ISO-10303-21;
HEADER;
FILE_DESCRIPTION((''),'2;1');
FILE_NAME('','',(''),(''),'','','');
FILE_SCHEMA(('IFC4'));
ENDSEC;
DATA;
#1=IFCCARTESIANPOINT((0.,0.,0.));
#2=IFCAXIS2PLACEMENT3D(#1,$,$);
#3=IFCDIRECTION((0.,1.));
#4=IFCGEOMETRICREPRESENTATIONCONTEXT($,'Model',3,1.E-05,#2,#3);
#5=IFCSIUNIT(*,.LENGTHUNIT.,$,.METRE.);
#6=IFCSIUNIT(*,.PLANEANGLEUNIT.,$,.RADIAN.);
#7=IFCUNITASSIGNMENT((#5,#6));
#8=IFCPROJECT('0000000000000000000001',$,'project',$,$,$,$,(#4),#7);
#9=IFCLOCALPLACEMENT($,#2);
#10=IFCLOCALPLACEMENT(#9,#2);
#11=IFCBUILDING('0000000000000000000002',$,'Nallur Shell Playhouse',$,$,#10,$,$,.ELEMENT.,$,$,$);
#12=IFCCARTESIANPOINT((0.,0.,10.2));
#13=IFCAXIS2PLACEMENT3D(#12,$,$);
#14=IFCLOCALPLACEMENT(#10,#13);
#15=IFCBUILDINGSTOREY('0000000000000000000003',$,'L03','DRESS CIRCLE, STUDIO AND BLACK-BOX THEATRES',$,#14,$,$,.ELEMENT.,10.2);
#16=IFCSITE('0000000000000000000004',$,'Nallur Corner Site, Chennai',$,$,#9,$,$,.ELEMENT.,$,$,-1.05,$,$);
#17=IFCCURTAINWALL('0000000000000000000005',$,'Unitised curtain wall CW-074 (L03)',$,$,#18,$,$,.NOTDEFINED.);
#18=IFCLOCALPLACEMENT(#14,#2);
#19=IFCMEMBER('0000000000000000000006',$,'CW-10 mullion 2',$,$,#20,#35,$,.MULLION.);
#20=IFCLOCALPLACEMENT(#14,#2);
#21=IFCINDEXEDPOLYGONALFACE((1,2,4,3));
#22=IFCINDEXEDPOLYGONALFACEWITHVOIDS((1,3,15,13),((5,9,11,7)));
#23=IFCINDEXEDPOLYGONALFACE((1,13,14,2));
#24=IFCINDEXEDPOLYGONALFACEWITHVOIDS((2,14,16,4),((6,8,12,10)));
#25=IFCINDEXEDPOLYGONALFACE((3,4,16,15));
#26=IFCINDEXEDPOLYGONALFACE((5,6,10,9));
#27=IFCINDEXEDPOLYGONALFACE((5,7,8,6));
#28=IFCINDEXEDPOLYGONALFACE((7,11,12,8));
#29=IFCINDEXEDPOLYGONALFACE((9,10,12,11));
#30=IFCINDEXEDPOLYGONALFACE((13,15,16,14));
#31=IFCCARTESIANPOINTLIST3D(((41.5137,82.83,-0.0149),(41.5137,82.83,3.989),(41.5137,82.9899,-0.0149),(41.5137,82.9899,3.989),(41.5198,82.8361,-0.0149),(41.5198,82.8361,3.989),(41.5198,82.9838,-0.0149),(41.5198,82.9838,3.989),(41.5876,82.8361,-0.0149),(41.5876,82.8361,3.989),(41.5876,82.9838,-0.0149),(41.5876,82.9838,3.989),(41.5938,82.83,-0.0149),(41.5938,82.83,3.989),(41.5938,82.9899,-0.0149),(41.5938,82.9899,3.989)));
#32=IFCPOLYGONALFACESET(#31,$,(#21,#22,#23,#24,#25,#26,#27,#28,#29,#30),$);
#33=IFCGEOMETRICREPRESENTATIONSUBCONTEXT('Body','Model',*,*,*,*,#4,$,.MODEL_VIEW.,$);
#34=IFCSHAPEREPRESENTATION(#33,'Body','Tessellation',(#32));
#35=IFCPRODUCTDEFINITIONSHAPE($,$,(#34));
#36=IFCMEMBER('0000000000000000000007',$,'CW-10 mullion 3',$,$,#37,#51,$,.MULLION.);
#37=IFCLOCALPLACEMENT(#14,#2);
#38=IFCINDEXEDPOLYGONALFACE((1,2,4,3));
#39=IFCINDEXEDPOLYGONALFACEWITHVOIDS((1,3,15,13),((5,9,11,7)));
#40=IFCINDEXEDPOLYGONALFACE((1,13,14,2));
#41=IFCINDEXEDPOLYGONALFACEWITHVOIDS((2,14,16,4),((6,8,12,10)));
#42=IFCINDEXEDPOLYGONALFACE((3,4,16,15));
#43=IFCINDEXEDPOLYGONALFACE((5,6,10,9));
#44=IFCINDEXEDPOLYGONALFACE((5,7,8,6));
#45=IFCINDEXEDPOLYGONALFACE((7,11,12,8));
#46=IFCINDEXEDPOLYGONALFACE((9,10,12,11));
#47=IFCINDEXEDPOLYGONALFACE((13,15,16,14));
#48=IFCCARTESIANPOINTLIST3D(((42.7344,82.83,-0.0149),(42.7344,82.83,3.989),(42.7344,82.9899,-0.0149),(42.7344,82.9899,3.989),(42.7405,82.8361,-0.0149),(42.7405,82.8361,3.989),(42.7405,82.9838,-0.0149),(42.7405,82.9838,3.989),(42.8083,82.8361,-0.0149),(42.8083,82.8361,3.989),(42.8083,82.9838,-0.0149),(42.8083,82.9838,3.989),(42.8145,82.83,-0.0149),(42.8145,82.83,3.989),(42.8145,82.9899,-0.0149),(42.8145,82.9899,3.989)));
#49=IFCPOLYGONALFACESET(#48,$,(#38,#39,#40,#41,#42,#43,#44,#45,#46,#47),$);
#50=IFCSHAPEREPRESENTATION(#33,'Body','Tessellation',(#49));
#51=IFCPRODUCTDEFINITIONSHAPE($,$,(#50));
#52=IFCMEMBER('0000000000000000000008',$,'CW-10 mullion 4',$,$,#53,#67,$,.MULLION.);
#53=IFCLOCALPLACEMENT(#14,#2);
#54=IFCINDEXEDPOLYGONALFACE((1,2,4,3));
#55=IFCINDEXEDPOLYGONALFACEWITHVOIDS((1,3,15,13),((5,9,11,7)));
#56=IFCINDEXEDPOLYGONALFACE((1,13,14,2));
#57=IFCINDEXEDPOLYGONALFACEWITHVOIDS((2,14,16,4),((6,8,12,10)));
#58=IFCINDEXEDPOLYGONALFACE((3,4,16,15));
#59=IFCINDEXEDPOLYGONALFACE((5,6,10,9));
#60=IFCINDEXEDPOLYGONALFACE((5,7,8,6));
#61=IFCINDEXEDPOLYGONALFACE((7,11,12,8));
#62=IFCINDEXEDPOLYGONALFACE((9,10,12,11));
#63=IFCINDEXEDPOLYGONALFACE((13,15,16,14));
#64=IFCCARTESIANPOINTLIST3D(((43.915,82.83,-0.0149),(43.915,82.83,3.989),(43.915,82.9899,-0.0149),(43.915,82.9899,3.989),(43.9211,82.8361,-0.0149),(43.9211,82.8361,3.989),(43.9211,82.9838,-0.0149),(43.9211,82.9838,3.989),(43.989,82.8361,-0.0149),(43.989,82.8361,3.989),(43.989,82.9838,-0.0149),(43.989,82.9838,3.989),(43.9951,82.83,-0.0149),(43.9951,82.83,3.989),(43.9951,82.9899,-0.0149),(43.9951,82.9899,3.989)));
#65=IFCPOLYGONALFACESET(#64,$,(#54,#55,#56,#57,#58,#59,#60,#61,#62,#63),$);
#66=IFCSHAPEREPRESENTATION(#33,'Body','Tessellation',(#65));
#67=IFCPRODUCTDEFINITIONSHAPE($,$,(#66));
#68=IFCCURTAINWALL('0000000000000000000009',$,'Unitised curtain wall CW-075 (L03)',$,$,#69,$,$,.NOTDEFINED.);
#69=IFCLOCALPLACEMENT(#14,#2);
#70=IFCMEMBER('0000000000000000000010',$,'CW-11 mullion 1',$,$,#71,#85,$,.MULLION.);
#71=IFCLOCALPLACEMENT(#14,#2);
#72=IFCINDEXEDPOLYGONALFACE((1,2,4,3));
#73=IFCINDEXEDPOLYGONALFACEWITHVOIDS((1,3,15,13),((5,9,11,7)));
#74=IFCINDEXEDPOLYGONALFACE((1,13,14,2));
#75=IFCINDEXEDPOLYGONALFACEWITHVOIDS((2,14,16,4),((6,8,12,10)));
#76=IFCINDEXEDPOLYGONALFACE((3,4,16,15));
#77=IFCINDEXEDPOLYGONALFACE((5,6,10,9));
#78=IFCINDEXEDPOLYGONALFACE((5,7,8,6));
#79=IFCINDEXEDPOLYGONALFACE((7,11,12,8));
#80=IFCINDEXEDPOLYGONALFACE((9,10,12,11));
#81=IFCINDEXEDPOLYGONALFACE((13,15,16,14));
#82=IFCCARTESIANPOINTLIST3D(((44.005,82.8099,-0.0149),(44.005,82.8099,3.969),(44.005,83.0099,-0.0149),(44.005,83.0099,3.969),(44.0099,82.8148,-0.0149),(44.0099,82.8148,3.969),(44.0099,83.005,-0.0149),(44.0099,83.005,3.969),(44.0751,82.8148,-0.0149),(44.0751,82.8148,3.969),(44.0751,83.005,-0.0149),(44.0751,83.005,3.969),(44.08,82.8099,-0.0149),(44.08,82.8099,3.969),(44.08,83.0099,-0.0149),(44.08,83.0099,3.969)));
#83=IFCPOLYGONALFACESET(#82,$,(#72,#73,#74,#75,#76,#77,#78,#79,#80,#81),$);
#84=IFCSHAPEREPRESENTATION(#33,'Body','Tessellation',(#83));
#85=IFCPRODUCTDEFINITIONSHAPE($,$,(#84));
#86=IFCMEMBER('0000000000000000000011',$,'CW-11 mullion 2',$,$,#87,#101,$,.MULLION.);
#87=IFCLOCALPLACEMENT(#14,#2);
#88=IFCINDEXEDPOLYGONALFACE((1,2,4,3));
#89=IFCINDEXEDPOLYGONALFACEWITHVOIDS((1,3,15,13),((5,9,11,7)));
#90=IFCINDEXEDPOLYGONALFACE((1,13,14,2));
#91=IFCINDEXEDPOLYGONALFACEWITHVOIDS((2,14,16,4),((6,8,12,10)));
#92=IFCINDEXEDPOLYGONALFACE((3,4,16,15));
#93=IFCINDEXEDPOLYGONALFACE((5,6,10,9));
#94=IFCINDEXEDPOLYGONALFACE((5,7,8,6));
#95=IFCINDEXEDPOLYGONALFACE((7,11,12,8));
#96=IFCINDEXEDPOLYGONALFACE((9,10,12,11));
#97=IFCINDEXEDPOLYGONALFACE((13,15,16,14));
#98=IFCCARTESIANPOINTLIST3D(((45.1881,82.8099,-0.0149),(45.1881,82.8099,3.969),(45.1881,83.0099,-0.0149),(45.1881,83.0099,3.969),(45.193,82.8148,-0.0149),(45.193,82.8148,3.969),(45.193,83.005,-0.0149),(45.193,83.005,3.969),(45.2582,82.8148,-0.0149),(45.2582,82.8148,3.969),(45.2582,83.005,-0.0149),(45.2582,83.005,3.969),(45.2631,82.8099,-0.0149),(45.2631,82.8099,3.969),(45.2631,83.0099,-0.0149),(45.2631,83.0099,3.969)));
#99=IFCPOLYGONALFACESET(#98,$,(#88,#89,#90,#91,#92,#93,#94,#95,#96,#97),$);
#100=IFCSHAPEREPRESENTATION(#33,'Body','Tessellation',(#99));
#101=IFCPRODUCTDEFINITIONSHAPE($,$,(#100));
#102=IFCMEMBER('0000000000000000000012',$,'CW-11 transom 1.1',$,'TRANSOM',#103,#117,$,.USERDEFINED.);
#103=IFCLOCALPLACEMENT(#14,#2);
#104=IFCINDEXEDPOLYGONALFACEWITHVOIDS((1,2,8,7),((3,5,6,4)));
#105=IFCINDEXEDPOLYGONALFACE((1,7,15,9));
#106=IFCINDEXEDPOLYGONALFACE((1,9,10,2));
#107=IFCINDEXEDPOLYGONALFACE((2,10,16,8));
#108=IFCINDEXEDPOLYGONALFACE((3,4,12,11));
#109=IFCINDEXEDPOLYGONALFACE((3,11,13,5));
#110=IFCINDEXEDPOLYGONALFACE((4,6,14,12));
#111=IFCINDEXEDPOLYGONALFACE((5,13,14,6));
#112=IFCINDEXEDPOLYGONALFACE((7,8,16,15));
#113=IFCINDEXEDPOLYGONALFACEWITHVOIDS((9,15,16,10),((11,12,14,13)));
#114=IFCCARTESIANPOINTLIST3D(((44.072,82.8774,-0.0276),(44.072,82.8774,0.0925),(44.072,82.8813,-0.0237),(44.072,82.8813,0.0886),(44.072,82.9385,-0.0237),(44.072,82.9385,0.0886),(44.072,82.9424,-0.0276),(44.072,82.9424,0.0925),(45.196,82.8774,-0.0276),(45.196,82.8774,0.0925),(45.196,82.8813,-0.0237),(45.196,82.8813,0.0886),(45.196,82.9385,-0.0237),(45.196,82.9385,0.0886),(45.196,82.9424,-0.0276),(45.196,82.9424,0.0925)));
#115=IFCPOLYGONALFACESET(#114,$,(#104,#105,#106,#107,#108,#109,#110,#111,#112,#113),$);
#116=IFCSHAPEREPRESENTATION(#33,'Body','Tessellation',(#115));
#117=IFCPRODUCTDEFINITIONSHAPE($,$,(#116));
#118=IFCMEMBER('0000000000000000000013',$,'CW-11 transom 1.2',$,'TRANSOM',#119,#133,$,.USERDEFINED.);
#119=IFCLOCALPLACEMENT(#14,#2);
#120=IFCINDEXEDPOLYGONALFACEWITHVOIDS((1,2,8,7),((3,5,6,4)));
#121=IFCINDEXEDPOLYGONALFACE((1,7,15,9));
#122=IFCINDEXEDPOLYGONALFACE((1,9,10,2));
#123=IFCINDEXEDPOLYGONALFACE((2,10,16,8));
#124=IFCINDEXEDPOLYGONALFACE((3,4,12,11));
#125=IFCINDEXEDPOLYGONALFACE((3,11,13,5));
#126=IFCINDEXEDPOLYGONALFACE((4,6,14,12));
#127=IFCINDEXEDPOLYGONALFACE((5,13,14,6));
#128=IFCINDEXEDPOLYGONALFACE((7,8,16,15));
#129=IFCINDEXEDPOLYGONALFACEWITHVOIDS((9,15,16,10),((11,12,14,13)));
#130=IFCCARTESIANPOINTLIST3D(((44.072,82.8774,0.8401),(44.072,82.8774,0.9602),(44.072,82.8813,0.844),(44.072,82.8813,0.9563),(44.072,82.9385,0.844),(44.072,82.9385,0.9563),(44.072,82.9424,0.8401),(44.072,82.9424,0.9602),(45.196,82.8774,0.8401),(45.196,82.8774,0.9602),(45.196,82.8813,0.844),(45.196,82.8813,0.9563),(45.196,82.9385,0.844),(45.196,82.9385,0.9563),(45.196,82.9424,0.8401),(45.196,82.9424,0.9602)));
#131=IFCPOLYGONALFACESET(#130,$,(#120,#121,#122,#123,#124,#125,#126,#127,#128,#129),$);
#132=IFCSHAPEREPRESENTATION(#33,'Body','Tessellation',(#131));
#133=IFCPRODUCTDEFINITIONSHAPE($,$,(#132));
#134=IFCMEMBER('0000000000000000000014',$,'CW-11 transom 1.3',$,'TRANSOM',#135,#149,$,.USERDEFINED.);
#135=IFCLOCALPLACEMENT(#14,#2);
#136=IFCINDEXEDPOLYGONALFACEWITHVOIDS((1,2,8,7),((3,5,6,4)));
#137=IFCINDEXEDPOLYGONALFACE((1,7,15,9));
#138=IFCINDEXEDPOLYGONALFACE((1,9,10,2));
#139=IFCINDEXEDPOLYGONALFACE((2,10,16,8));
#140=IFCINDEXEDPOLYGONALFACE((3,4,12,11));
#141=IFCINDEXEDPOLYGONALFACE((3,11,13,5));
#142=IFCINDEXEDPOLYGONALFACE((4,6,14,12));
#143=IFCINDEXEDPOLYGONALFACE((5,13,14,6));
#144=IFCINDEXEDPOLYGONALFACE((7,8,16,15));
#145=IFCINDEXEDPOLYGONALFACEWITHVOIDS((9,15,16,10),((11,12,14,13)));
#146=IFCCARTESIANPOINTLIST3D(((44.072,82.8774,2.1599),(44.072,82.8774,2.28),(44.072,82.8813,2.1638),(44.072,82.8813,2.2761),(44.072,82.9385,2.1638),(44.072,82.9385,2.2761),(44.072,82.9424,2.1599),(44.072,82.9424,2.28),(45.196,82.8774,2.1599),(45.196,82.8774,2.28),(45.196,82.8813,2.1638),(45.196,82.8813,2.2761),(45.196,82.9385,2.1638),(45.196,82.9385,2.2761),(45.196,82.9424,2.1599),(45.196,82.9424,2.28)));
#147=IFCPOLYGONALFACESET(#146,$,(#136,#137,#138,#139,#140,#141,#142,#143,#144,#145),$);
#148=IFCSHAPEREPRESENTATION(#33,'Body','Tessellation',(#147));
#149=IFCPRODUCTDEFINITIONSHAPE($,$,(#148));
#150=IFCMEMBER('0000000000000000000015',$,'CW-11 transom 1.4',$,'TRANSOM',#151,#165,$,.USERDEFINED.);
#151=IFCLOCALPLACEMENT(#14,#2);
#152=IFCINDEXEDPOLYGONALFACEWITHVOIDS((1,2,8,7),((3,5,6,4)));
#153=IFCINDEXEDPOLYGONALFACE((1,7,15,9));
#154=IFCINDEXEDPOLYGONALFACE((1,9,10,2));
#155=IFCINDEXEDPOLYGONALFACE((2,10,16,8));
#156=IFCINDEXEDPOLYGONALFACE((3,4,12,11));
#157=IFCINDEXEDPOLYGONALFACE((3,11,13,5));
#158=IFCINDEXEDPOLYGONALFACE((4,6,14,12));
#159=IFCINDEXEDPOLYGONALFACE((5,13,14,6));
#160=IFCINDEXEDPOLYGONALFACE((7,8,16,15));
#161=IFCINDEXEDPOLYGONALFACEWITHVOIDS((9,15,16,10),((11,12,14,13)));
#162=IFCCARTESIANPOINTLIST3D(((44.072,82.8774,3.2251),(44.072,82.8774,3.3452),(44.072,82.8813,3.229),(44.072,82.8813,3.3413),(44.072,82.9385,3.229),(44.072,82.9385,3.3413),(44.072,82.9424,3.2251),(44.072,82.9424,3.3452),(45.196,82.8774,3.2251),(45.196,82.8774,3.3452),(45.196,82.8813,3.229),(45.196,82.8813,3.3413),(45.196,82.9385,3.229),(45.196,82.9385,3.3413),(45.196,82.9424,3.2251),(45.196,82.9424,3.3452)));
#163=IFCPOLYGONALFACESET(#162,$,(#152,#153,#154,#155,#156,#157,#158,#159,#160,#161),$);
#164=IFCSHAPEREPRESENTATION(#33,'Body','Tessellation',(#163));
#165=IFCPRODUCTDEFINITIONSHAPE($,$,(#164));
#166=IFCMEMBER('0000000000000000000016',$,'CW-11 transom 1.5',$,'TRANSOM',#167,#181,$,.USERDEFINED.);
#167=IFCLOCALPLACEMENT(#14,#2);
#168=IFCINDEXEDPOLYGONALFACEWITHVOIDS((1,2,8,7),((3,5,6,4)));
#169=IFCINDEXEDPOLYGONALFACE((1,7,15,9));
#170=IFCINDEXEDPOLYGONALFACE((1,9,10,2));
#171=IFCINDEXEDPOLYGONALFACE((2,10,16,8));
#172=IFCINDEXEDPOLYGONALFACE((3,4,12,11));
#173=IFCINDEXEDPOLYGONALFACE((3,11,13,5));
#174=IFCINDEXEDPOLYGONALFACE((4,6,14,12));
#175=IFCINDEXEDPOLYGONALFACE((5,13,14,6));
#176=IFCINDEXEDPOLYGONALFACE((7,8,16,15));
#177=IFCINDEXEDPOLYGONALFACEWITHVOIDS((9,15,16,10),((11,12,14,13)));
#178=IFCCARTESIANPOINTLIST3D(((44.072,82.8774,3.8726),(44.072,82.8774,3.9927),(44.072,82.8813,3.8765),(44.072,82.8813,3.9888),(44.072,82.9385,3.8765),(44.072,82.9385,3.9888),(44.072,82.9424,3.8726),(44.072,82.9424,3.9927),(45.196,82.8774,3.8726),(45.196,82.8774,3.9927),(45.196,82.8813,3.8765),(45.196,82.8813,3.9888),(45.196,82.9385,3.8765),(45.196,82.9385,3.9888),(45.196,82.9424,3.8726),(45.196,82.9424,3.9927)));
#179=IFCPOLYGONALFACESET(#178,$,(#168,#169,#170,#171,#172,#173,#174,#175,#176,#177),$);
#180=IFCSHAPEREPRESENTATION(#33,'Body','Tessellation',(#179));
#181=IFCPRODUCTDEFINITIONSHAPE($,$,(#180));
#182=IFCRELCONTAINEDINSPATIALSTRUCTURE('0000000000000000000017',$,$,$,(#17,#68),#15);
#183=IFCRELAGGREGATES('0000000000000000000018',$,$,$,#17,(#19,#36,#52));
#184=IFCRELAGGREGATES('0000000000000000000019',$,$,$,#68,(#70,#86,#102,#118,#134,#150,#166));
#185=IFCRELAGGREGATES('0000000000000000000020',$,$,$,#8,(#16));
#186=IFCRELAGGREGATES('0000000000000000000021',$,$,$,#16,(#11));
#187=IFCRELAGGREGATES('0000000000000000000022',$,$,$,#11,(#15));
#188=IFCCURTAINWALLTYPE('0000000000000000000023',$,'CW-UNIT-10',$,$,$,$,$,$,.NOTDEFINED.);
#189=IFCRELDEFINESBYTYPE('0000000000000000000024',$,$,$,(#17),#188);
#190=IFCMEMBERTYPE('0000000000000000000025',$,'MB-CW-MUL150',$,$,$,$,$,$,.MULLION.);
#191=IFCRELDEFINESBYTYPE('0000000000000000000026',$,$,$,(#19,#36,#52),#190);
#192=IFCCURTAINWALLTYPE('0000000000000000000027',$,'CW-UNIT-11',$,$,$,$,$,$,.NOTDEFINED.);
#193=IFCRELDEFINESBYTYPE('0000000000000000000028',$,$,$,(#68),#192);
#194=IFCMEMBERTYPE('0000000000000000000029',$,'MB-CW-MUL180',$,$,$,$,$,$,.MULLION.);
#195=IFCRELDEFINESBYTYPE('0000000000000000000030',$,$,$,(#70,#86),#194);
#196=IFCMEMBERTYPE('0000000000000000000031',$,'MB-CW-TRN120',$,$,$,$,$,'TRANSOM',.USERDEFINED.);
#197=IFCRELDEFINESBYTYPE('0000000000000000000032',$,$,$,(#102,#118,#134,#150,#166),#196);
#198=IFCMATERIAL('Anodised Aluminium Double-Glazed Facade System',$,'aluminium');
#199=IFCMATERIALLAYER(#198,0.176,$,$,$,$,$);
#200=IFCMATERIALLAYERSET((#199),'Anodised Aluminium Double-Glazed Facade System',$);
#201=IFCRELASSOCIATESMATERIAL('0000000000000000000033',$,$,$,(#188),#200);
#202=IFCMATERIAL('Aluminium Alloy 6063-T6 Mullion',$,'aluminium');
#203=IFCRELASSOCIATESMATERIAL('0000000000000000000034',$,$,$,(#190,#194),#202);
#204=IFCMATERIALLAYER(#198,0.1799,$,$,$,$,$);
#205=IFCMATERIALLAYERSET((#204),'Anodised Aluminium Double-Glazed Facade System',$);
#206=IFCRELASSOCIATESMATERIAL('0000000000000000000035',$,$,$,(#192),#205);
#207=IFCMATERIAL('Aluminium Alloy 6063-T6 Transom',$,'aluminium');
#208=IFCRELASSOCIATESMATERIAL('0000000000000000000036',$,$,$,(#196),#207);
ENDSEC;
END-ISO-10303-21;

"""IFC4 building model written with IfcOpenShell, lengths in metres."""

from ifc_helpers import new_model, si_unit, direction, frame, origin, origin_2d, place, context, subcontext, project, spatial, hollow_rectangle, extrude, material, layer, layer_set, material_profile, profile_set, type_object, element, aggregate, save


model = new_model("IFC4")

# Units and contexts
model_context = context("Model", 3, precision=1e-05, world=origin(), true_north=direction((0.0, 1.0)))
body_context = subcontext(model_context, "Body", "Model", "MODEL_VIEW")
ifc_project = project(units=[si_unit("LENGTHUNIT", "METRE"), si_unit("PLANEANGLEUNIT", "RADIAN")], contexts=[model_context])

# Site, building, storey
site_placement = place(None, origin())
site = spatial("IfcSite", under=ifc_project, at=site_placement, Name="Nallur Corner Site, Chennai", CompositionType="ELEMENT", RefElevation=-1.05)
building_placement = place(site_placement, origin())
building = spatial("IfcBuilding", under=site, at=building_placement, Name="Nallur Shell Playhouse", CompositionType="ELEMENT")
storey_placement = place(building_placement, frame((0.0, 0.0, 10.2)))
storey = spatial("IfcBuildingStorey", under=building, at=storey_placement, Name="L03", Description="DRESS CIRCLE, STUDIO AND BLACK-BOX THEATRES", CompositionType="ELEMENT", Elevation=10.2)

# Curtain walls, members
ifc_material_1 = material(Name="Anodised Aluminium Double-Glazed Facade System", Category="aluminium")
ifc_layer_1 = layer(ifc_material_1, 0.176)
ifc_layer_set_1 = layer_set([ifc_layer_1], Name="Anodised Aluminium Double-Glazed Facade System")
curtain_wall_type_1 = type_object("IfcCurtainWallType", Name="CW-UNIT-10", PredefinedType="NOTDEFINED", material=ifc_layer_set_1)
curtain_wall_1_placement = place(storey_placement, origin())
curtain_wall_1 = element("IfcCurtainWall", 1, at=curtain_wall_1_placement, inside=storey, type_object=curtain_wall_type_1, Name="Unitised curtain wall CW-074 (L03)", PredefinedType="NOTDEFINED")
ifc_material_2 = material(Name="Aluminium Alloy 6063-T6 Mullion", Category="aluminium")
ifc_material_profile_1 = material_profile(ifc_material_2, hollow_rectangle(XDim=0.0801, YDim=0.1599, WallThickness=0.0061, at=origin_2d()), Name="RHS 160x80x6")
ifc_profile_set_1 = profile_set([ifc_material_profile_1], Name="Aluminium Alloy 6063-T6 Mullion")
member_type_1 = type_object("IfcMemberType", Name="MB-CW-MUL150", PredefinedType="MULLION", material=ifc_profile_set_1)
member_1_placement = place(storey_placement, frame((41.5537, 82.9099, -0.0149), z_axis=(0.0, 0.0, 1.0), x_axis=(1.0, 0.0, 0.0)))
member_1 = element("IfcMember", 2, at=member_1_placement, type_object=member_type_1, Name="CW-10 mullion 2", PredefinedType="MULLION", context=body_context, shape_type="SweptSolid", body=[
    extrude(hollow_rectangle(XDim=0.0801, YDim=0.1599, WallThickness=0.0061, at=origin_2d()), origin(), (0.0, 0.0, 1.0), 4.0039),
])
member_2_placement = place(storey_placement, frame((42.7744, 82.9099, -0.0149), z_axis=(0.0, 0.0, 1.0), x_axis=(1.0, 0.0, 0.0)))
member_2 = element("IfcMember", 3, at=member_2_placement, type_object=member_type_1, Name="CW-10 mullion 3", PredefinedType="MULLION", context=body_context, shape_type="SweptSolid", body=[
    extrude(hollow_rectangle(XDim=0.0801, YDim=0.1599, WallThickness=0.0061, at=origin_2d()), origin(), (0.0, 0.0, 1.0), 4.0039),
])
member_3_placement = place(storey_placement, frame((43.9551, 82.9099, -0.0149), z_axis=(0.0, 0.0, 1.0), x_axis=(1.0, 0.0, 0.0)))
member_3 = element("IfcMember", 4, at=member_3_placement, type_object=member_type_1, Name="CW-10 mullion 4", PredefinedType="MULLION", context=body_context, shape_type="SweptSolid", body=[
    extrude(hollow_rectangle(XDim=0.0801, YDim=0.1599, WallThickness=0.0061, at=origin_2d()), origin(), (0.0, 0.0, 1.0), 4.0039),
])
ifc_layer_2 = layer(ifc_material_1, 0.1799)
ifc_layer_set_2 = layer_set([ifc_layer_2], Name="Anodised Aluminium Double-Glazed Facade System")
curtain_wall_type_2 = type_object("IfcCurtainWallType", Name="CW-UNIT-11", PredefinedType="NOTDEFINED", material=ifc_layer_set_2)
curtain_wall_2_placement = place(storey_placement, origin())
curtain_wall_2 = element("IfcCurtainWall", 5, at=curtain_wall_2_placement, inside=storey, type_object=curtain_wall_type_2, Name="Unitised curtain wall CW-075 (L03)", PredefinedType="NOTDEFINED")
ifc_material_profile_2 = material_profile(ifc_material_2, hollow_rectangle(XDim=0.075, YDim=0.2, WallThickness=0.0049, at=origin_2d()), Name="ALU 75x200x5")
ifc_profile_set_2 = profile_set([ifc_material_profile_2], Name="Aluminium Alloy 6063-T6 Mullion")
member_type_2 = type_object("IfcMemberType", Name="MB-CW-MUL180", PredefinedType="MULLION", material=ifc_profile_set_2)
member_4_placement = place(storey_placement, frame((44.0425, 82.9099, -0.0149), z_axis=(0.0, 0.0, 1.0), x_axis=(1.0, 0.0, 0.0)))
member_4 = element("IfcMember", 6, at=member_4_placement, type_object=member_type_2, Name="CW-11 mullion 1", PredefinedType="MULLION", context=body_context, shape_type="SweptSolid", body=[
    extrude(hollow_rectangle(XDim=0.075, YDim=0.2, WallThickness=0.0049, at=origin_2d()), origin(), (0.0, 0.0, 1.0), 3.9839),
])
member_5_placement = place(storey_placement, frame((45.2256, 82.9099, -0.0149), z_axis=(0.0, 0.0, 1.0), x_axis=(1.0, 0.0, 0.0)))
member_5 = element("IfcMember", 7, at=member_5_placement, type_object=member_type_2, Name="CW-11 mullion 2", PredefinedType="MULLION", context=body_context, shape_type="SweptSolid", body=[
    extrude(hollow_rectangle(XDim=0.075, YDim=0.2, WallThickness=0.0049, at=origin_2d()), origin(), (0.0, 0.0, 1.0), 3.9839),
])
ifc_material_3 = material(Name="Aluminium Alloy 6063-T6 Transom", Category="aluminium")
ifc_material_profile_3 = material_profile(ifc_material_3, hollow_rectangle(XDim=0.0649, YDim=0.1201, WallThickness=0.0039, at=origin_2d()), Name="ALU 65x120x4")
ifc_profile_set_3 = profile_set([ifc_material_profile_3], Name="Aluminium Alloy 6063-T6 Transom")
member_type_3 = type_object("IfcMemberType", Name="MB-CW-TRN120", ElementType="TRANSOM", PredefinedType="USERDEFINED", material=ifc_profile_set_3)
member_6_placement = place(storey_placement, frame((44.072, 82.9099, 0.0325), z_axis=(1.0, 0.0, 0.0), x_axis=(0.0, 1.0, 0.0)))
member_6 = element("IfcMember", 8, at=member_6_placement, type_object=member_type_3, Name="CW-11 transom 1.1", ObjectType="TRANSOM", PredefinedType="USERDEFINED", context=body_context, shape_type="SweptSolid", body=[
    extrude(hollow_rectangle(XDim=0.0649, YDim=0.1201, WallThickness=0.0039, at=origin_2d()), origin(), (0.0, 0.0, 1.0), 1.124),
])
member_7_placement = place(storey_placement, frame((44.072, 82.9099, 0.9001), z_axis=(1.0, 0.0, 0.0), x_axis=(0.0, 1.0, 0.0)))
member_7 = element("IfcMember", 9, at=member_7_placement, type_object=member_type_3, Name="CW-11 transom 1.2", ObjectType="TRANSOM", PredefinedType="USERDEFINED", context=body_context, shape_type="SweptSolid", body=[
    extrude(hollow_rectangle(XDim=0.0649, YDim=0.1201, WallThickness=0.0039, at=origin_2d()), origin(), (0.0, 0.0, 1.0), 1.124),
])
member_8_placement = place(storey_placement, frame((44.072, 82.9099, 2.22), z_axis=(1.0, 0.0, 0.0), x_axis=(0.0, 1.0, 0.0)))
member_8 = element("IfcMember", 10, at=member_8_placement, type_object=member_type_3, Name="CW-11 transom 1.3", ObjectType="TRANSOM", PredefinedType="USERDEFINED", context=body_context, shape_type="SweptSolid", body=[
    extrude(hollow_rectangle(XDim=0.0649, YDim=0.1201, WallThickness=0.0039, at=origin_2d()), origin(), (0.0, 0.0, 1.0), 1.124),
])
member_9_placement = place(storey_placement, frame((44.072, 82.9099, 3.2852), z_axis=(1.0, 0.0, 0.0), x_axis=(0.0, 1.0, 0.0)))
member_9 = element("IfcMember", 11, at=member_9_placement, type_object=member_type_3, Name="CW-11 transom 1.4", ObjectType="TRANSOM", PredefinedType="USERDEFINED", context=body_context, shape_type="SweptSolid", body=[
    extrude(hollow_rectangle(XDim=0.0649, YDim=0.1201, WallThickness=0.0039, at=origin_2d()), origin(), (0.0, 0.0, 1.0), 1.124),
])
member_10_placement = place(storey_placement, frame((44.072, 82.9099, 3.9326), z_axis=(1.0, 0.0, 0.0), x_axis=(0.0, 1.0, 0.0)))
member_10 = element("IfcMember", 12, at=member_10_placement, type_object=member_type_3, Name="CW-11 transom 1.5", ObjectType="TRANSOM", PredefinedType="USERDEFINED", context=body_context, shape_type="SweptSolid", body=[
    extrude(hollow_rectangle(XDim=0.0649, YDim=0.1201, WallThickness=0.0039, at=origin_2d()), origin(), (0.0, 0.0, 1.0), 1.124),
])

aggregate(curtain_wall_1, [member_1, member_2, member_3])
aggregate(curtain_wall_2, [member_4, member_5, member_6, member_7, member_8, member_9, member_10])

save(model, "model.ifc")
